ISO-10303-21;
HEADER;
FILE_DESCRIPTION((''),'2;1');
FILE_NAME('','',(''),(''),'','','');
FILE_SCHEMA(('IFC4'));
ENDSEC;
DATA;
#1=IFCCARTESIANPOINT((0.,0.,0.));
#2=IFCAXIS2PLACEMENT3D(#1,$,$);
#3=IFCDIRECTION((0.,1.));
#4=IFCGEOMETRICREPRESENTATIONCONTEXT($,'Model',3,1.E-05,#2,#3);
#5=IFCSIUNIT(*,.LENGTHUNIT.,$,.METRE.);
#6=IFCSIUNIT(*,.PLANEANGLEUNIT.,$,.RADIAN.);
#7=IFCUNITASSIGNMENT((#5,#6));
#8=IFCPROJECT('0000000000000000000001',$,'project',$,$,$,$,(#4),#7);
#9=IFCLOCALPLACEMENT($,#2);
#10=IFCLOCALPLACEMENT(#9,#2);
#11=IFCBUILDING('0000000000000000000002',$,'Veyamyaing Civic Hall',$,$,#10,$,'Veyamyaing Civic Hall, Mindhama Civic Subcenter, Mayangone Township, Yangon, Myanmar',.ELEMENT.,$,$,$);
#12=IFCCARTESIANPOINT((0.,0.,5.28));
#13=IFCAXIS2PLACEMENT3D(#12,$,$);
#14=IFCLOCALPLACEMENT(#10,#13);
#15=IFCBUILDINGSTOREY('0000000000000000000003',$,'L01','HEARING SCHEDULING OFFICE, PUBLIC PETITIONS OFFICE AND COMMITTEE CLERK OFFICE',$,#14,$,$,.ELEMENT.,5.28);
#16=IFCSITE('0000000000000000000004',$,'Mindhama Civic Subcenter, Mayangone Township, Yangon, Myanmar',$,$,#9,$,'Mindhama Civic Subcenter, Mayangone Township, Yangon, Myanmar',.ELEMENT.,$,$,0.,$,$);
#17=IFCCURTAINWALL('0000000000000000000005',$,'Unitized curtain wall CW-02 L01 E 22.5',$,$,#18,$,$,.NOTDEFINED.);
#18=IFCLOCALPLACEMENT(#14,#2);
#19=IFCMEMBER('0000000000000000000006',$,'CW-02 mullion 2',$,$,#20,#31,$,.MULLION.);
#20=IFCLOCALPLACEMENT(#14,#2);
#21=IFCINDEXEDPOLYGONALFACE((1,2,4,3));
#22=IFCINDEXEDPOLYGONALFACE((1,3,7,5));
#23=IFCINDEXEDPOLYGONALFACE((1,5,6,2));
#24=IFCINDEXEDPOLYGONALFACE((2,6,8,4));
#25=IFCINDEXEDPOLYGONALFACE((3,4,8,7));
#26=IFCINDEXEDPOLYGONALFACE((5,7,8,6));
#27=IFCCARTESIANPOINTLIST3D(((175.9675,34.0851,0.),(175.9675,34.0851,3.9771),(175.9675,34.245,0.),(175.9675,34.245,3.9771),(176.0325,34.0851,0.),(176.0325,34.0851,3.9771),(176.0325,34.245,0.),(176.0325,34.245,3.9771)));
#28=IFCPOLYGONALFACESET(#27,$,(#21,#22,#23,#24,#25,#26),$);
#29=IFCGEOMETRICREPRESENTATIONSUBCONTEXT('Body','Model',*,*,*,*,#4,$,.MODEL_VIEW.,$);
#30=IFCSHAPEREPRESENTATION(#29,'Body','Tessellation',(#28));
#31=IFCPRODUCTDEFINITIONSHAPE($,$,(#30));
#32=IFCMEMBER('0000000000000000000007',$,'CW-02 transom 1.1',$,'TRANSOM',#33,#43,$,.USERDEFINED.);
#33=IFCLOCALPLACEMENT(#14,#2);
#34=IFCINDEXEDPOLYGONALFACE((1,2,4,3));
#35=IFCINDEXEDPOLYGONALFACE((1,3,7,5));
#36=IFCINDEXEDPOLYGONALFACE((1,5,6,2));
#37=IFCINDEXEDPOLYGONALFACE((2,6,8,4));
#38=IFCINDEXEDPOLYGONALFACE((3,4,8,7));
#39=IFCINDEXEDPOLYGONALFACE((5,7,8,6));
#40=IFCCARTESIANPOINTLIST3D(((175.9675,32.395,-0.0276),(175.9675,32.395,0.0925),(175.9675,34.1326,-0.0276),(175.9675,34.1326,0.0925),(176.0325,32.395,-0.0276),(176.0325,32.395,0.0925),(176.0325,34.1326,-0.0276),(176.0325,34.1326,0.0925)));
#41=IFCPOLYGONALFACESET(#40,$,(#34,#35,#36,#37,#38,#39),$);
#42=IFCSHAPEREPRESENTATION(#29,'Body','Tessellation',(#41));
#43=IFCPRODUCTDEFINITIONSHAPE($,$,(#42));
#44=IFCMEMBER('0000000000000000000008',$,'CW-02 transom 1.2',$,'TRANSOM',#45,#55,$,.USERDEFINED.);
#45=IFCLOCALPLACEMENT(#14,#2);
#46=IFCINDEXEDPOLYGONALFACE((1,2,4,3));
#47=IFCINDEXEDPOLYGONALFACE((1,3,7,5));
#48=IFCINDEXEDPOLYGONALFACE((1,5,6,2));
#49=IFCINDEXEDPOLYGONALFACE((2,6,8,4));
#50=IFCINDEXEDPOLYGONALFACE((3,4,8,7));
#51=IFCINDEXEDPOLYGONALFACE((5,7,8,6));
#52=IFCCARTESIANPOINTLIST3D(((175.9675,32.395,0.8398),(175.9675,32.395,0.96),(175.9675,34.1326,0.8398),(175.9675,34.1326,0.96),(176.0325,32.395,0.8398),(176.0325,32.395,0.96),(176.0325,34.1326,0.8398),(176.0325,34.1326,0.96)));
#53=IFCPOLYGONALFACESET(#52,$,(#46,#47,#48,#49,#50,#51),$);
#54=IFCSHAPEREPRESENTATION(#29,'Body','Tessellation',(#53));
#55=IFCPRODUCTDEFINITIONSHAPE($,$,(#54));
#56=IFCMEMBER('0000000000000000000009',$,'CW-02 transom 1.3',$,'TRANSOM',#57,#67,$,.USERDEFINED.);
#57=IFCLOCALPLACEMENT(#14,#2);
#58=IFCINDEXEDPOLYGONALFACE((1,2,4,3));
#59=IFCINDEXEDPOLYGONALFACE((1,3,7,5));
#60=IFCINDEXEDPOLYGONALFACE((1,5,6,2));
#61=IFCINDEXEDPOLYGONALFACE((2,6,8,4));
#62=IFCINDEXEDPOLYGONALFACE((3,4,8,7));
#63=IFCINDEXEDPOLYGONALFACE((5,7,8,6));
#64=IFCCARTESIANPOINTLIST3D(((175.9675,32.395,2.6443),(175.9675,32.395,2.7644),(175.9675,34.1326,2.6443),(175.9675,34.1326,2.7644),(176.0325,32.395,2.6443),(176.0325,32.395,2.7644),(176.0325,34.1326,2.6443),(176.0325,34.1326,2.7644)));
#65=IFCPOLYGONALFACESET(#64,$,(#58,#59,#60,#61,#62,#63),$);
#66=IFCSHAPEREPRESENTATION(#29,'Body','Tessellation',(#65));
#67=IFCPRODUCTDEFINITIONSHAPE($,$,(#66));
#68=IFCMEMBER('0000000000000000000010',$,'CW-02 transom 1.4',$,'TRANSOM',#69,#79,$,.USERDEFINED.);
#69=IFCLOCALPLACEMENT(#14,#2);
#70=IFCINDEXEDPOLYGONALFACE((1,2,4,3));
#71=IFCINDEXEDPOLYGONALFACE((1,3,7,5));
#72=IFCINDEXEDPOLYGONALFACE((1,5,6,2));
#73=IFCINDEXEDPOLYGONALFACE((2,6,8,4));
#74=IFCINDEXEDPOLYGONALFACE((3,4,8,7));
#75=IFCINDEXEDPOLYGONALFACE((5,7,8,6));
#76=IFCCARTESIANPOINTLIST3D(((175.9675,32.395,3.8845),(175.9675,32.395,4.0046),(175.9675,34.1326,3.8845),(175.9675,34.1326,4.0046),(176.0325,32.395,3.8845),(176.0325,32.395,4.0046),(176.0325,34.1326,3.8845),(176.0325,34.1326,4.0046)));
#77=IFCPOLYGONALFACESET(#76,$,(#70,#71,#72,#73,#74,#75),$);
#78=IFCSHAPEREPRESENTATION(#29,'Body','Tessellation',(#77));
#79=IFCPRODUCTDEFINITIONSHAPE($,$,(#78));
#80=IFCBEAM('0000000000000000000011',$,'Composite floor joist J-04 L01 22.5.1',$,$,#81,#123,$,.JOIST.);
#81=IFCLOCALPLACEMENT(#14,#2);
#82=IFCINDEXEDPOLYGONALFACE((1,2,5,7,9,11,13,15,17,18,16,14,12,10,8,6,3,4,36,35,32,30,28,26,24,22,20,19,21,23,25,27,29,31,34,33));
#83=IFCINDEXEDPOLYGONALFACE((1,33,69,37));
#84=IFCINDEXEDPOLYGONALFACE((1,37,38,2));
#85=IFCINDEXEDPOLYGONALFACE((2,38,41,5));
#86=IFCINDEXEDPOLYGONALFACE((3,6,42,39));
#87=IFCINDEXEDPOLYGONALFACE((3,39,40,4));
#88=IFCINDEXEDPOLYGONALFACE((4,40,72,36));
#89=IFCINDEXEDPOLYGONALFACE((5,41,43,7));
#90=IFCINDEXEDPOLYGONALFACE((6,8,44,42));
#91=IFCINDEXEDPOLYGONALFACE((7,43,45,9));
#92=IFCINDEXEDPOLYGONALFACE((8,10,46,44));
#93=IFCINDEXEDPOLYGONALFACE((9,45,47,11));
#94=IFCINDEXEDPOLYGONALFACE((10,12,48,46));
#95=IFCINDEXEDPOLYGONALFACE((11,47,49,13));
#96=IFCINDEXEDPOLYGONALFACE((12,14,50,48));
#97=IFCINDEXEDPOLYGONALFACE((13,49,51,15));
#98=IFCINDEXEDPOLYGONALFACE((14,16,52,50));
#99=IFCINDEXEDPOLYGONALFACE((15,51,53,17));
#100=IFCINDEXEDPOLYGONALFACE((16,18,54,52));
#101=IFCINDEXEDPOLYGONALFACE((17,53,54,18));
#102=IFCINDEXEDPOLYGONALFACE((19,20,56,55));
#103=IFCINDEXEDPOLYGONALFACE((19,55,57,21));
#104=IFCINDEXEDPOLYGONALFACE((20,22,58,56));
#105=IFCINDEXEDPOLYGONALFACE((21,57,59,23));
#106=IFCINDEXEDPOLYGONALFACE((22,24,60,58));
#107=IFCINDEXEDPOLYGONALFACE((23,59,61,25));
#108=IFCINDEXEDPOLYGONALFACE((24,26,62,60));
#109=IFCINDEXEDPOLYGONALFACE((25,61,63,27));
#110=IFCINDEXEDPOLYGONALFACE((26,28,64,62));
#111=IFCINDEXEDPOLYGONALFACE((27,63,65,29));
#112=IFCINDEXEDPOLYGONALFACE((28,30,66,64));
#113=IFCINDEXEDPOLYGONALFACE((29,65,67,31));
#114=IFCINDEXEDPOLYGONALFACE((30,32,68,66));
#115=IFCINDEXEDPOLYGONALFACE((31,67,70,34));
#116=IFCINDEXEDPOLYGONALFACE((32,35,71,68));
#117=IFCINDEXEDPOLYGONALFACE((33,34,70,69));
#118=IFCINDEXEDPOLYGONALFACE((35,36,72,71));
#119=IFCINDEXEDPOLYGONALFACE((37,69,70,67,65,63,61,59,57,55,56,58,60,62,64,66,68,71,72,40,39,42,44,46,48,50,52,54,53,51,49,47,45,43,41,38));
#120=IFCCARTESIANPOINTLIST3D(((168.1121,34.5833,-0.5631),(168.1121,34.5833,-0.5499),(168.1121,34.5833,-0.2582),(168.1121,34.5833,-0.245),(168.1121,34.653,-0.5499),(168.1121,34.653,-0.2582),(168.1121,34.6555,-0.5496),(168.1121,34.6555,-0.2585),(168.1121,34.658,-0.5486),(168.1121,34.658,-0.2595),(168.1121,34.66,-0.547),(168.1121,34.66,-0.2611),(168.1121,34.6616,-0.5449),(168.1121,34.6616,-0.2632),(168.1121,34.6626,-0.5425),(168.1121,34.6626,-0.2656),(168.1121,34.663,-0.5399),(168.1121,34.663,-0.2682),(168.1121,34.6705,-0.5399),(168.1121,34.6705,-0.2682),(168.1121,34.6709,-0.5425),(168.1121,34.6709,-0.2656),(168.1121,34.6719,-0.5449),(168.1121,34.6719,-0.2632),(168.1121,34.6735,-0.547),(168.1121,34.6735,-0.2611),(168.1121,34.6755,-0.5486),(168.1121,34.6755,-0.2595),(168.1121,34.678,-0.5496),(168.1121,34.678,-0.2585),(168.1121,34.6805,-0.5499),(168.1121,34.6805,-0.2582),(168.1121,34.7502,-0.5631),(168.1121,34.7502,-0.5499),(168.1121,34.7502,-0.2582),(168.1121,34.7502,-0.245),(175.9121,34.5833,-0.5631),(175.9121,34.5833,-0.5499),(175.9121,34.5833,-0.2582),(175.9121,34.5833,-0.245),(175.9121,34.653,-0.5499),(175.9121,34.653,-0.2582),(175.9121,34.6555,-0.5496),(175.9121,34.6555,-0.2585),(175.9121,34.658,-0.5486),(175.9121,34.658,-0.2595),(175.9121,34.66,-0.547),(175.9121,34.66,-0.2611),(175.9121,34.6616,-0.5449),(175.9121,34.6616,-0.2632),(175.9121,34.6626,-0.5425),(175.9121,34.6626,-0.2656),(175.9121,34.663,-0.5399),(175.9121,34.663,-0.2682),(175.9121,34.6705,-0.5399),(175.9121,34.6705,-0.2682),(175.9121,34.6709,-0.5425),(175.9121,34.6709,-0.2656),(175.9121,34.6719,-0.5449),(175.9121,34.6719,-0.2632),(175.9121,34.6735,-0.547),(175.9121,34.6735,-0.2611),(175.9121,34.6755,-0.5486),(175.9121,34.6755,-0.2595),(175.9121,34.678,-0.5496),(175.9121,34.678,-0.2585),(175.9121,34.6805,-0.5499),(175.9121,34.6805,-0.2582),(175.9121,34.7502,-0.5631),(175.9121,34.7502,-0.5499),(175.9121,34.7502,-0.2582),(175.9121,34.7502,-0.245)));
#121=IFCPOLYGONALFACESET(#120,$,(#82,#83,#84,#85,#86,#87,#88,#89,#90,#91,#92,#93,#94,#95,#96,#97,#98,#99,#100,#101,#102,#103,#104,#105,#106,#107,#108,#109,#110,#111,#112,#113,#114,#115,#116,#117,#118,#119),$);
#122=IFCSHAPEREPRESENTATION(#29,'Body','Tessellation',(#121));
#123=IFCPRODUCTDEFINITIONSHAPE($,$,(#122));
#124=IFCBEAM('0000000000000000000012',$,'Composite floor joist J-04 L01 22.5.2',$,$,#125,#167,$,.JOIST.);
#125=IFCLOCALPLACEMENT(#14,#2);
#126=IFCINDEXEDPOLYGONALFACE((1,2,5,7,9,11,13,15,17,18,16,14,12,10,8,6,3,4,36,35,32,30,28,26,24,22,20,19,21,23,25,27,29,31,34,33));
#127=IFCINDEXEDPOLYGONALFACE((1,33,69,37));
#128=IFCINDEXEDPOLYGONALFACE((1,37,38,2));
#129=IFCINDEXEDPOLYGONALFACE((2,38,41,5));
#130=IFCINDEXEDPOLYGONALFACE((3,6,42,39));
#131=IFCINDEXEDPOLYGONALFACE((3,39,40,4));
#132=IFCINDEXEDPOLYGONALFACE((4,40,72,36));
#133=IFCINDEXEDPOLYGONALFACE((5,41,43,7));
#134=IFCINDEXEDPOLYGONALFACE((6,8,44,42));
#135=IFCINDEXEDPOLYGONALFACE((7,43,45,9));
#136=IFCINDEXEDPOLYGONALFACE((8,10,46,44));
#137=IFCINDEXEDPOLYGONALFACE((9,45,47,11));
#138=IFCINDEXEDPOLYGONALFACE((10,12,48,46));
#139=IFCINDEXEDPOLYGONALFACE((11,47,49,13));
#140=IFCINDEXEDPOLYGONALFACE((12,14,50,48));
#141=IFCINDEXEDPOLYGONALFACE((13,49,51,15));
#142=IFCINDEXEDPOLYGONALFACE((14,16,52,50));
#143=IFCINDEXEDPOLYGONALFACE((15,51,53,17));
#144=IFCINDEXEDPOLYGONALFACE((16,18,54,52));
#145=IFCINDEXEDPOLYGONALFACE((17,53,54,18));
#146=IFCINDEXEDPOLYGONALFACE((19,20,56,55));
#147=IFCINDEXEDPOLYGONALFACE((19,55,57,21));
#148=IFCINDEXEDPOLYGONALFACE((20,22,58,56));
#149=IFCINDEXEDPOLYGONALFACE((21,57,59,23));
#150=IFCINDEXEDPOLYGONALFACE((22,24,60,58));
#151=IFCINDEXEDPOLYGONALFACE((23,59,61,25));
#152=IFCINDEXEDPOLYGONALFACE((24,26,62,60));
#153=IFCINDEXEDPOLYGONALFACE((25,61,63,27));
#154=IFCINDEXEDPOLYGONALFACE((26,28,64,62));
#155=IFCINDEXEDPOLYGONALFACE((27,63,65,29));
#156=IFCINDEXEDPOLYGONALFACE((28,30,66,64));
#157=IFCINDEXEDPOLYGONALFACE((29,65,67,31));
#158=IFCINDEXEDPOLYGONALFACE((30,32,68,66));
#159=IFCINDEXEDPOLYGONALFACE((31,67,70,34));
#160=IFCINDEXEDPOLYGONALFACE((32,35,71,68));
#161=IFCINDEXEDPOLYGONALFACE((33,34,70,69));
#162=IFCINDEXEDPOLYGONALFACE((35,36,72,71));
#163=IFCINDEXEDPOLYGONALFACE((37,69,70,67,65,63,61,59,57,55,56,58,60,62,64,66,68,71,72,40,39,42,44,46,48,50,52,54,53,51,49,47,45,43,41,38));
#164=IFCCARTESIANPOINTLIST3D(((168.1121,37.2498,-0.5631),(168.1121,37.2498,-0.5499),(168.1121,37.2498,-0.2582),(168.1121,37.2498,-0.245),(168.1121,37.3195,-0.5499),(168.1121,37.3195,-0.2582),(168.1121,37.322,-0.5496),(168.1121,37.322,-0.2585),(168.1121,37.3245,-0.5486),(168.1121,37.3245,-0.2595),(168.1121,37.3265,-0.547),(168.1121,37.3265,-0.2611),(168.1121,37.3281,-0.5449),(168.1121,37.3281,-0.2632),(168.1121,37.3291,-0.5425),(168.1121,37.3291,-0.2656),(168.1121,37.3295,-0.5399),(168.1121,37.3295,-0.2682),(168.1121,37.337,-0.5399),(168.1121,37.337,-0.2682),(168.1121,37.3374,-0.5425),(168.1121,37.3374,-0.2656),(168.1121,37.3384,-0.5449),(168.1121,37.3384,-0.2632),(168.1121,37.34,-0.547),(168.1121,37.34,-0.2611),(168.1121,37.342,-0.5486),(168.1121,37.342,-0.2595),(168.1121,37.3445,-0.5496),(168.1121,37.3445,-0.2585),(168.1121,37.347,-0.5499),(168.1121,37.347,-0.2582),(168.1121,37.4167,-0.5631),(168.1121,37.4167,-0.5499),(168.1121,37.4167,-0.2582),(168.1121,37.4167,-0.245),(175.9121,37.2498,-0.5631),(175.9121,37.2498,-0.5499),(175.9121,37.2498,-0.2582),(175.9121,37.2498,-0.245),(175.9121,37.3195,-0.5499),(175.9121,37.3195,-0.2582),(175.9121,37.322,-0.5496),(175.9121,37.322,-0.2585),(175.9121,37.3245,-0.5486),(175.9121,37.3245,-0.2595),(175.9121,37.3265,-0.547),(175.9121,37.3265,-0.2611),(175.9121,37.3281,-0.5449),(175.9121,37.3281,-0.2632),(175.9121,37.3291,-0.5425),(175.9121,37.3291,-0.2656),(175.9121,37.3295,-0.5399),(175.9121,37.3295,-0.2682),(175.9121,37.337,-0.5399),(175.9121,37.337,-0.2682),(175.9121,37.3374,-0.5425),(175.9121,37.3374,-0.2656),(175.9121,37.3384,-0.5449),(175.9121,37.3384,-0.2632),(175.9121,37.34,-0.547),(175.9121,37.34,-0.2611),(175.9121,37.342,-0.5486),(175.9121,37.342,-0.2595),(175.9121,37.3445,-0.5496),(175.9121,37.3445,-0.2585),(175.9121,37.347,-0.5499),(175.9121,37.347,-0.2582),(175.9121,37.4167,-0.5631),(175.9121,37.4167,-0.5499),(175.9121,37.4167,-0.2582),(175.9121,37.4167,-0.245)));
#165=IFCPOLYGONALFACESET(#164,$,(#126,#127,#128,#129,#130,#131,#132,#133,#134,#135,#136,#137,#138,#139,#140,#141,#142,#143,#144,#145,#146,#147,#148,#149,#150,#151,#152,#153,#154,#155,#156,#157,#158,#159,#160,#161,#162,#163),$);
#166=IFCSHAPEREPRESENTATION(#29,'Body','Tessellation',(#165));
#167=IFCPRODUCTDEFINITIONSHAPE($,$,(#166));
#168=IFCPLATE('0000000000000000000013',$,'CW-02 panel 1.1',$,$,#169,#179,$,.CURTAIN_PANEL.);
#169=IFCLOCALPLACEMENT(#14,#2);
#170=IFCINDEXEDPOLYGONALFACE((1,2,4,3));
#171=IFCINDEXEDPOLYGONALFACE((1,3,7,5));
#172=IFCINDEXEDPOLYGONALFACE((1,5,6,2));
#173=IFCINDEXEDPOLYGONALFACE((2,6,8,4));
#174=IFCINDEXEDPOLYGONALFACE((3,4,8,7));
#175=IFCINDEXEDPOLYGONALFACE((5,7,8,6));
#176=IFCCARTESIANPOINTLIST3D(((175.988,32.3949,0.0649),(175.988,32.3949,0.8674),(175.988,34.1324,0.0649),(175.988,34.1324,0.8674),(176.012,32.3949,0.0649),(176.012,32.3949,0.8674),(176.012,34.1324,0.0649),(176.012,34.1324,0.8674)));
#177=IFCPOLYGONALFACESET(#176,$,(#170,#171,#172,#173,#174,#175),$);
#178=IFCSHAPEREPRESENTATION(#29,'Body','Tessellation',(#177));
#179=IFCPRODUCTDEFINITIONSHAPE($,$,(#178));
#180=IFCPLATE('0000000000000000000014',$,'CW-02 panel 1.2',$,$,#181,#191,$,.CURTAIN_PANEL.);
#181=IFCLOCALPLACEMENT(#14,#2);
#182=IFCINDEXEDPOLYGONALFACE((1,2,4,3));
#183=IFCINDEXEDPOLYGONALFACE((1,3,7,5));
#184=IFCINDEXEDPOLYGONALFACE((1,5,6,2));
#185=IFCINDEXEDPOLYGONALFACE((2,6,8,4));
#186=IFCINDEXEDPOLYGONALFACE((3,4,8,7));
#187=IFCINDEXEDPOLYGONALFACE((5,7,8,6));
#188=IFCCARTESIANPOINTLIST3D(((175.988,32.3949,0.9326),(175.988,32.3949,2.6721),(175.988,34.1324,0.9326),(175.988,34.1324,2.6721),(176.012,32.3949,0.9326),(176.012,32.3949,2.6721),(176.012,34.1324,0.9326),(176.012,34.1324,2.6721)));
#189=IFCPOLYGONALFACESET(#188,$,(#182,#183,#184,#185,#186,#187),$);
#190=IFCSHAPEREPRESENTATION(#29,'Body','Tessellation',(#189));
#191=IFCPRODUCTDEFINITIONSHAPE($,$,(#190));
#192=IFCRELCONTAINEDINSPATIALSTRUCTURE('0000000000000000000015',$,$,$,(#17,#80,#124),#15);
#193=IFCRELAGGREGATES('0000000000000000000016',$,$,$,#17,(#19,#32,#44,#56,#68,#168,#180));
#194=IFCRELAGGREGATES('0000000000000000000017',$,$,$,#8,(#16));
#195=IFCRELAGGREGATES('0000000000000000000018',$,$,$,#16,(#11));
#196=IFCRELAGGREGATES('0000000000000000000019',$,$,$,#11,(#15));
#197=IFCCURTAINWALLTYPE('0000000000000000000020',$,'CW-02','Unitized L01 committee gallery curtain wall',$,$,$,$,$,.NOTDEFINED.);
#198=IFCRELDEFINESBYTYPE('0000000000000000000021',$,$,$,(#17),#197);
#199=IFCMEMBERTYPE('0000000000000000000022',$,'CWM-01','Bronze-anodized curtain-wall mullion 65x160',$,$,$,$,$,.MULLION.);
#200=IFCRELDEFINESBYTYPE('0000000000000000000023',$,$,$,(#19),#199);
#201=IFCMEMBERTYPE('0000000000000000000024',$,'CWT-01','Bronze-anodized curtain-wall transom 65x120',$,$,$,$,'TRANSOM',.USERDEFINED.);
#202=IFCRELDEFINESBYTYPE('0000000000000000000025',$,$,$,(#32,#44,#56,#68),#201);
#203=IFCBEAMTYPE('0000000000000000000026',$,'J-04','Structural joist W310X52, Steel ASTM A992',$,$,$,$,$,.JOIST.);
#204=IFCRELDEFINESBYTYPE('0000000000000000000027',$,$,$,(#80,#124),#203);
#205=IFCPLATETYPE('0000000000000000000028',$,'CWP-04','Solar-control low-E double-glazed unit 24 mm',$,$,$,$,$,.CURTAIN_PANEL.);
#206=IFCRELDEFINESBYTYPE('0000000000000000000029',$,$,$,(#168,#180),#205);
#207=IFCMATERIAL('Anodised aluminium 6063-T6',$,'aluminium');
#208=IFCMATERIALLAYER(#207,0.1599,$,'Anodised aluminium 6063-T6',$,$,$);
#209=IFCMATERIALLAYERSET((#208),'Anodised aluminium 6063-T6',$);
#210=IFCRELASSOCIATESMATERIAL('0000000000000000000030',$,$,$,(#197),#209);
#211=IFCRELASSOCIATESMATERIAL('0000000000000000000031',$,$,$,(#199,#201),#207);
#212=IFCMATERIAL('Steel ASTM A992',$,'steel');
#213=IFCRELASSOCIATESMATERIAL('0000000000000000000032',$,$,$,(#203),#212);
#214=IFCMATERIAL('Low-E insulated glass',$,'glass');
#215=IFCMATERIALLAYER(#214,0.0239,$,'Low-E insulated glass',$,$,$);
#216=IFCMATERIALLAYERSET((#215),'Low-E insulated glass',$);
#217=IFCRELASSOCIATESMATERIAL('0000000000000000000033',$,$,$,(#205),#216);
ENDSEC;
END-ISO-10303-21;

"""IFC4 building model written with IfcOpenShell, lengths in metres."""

from ifc_helpers import new_model, si_unit, direction, frame, origin, origin_2d, place, context, subcontext, project, spatial, rectangle, i_section, extrude, material, layer, layer_set, material_profile, profile_set, type_object, element, aggregate, save


model = new_model("IFC4")

# Units and contexts
model_context = context("Model", 3, precision=1e-05, world=origin(), true_north=direction((0.0, 1.0)))
body_context = subcontext(model_context, "Body", "Model", "MODEL_VIEW")
ifc_project = project(units=[si_unit("LENGTHUNIT", "METRE"), si_unit("PLANEANGLEUNIT", "RADIAN")], contexts=[model_context])

# Site, building, storey
site_placement = place(None, origin())
site = spatial("IfcSite", under=ifc_project, at=site_placement, Name="Mindhama Civic Subcenter, Mayangone Township, Yangon, Myanmar", LongName="Mindhama Civic Subcenter, Mayangone Township, Yangon, Myanmar", CompositionType="ELEMENT", RefElevation=0.0)
building_placement = place(site_placement, origin())
building = spatial("IfcBuilding", under=site, at=building_placement, Name="Veyamyaing Civic Hall", LongName="Veyamyaing Civic Hall, Mindhama Civic Subcenter, Mayangone Township, Yangon, Myanmar", CompositionType="ELEMENT")
storey_placement = place(building_placement, frame((0.0, 0.0, 5.28)))
storey = spatial("IfcBuildingStorey", under=building, at=storey_placement, Name="L01", Description="HEARING SCHEDULING OFFICE, PUBLIC PETITIONS OFFICE AND COMMITTEE CLERK OFFICE", CompositionType="ELEMENT", Elevation=5.28)

# Shared definitions
ifc_material_1 = material(Name="Steel ASTM A992", Category="steel")

# Curtain wall, members
ifc_material_2 = material(Name="Anodised aluminium 6063-T6", Category="aluminium")
ifc_layer_1 = layer(ifc_material_2, 0.1599, Name="Anodised aluminium 6063-T6")
ifc_layer_set_1 = layer_set([ifc_layer_1], Name="Anodised aluminium 6063-T6")
curtain_wall_type = type_object("IfcCurtainWallType", Name="CW-02", Description="Unitized L01 committee gallery curtain wall", PredefinedType="NOTDEFINED", material=ifc_layer_set_1)
curtain_wall_placement = place(storey_placement, origin())
curtain_wall = element("IfcCurtainWall", 1, at=curtain_wall_placement, inside=storey, type_object=curtain_wall_type, Name="Unitized curtain wall CW-02 L01 E 22.5", PredefinedType="NOTDEFINED")
ifc_material_profile_1 = material_profile(ifc_material_2, rectangle(XDim=0.0649, YDim=0.1599, at=origin_2d()), Name="ALU-MUL-65X160")
ifc_profile_set_1 = profile_set([ifc_material_profile_1], Name="Anodised aluminium 6063-T6")
member_type_1 = type_object("IfcMemberType", Name="CWM-01", Description="Bronze-anodized curtain-wall mullion 65x160", PredefinedType="MULLION", material=ifc_profile_set_1)
member_1_placement = place(storey_placement, frame((176.0, 34.165, 0.0), z_axis=(0.0, 0.0, 1.0), x_axis=(-1.0, 0.0, 0.0)))
member_1 = element("IfcMember", 2, at=member_1_placement, type_object=member_type_1, Name="CW-02 mullion 2", PredefinedType="MULLION", context=body_context, shape_type="SweptSolid", body=[
    extrude(rectangle(XDim=0.0649, YDim=0.1599, at=origin_2d()), origin(), (0.0, 0.0, 1.0), 3.9771),
])
ifc_material_profile_2 = material_profile(ifc_material_2, rectangle(XDim=0.0649, YDim=0.1201, at=origin_2d()), Name="ALU-TRN-65X120")
ifc_profile_set_2 = profile_set([ifc_material_profile_2], Name="Anodised aluminium 6063-T6")
member_type_2 = type_object("IfcMemberType", Name="CWT-01", Description="Bronze-anodized curtain-wall transom 65x120", ElementType="TRANSOM", PredefinedType="USERDEFINED", material=ifc_profile_set_2)
member_2_placement = place(storey_placement, frame((176.0, 32.395, 0.0325), z_axis=(0.0, 1.0, 0.0), x_axis=(-1.0, 0.0, 0.0)))
member_2 = element("IfcMember", 3, at=member_2_placement, type_object=member_type_2, Name="CW-02 transom 1.1", ObjectType="TRANSOM", PredefinedType="USERDEFINED", context=body_context, shape_type="SweptSolid", body=[
    extrude(rectangle(XDim=0.0649, YDim=0.1201, at=origin_2d()), origin(), (0.0, 0.0, 1.0), 1.7375),
])
member_3_placement = place(storey_placement, frame((176.0, 32.395, 0.8999), z_axis=(0.0, 1.0, 0.0), x_axis=(-1.0, 0.0, 0.0)))
member_3 = element("IfcMember", 4, at=member_3_placement, type_object=member_type_2, Name="CW-02 transom 1.2", ObjectType="TRANSOM", PredefinedType="USERDEFINED", context=body_context, shape_type="SweptSolid", body=[
    extrude(rectangle(XDim=0.0649, YDim=0.1201, at=origin_2d()), origin(), (0.0, 0.0, 1.0), 1.7375),
])
member_4_placement = place(storey_placement, frame((176.0, 32.395, 2.7043), z_axis=(0.0, 1.0, 0.0), x_axis=(-1.0, 0.0, 0.0)))
member_4 = element("IfcMember", 5, at=member_4_placement, type_object=member_type_2, Name="CW-02 transom 1.3", ObjectType="TRANSOM", PredefinedType="USERDEFINED", context=body_context, shape_type="SweptSolid", body=[
    extrude(rectangle(XDim=0.0649, YDim=0.1201, at=origin_2d()), origin(), (0.0, 0.0, 1.0), 1.7375),
])
member_5_placement = place(storey_placement, frame((176.0, 32.395, 3.9446), z_axis=(0.0, 1.0, 0.0), x_axis=(-1.0, 0.0, 0.0)))
member_5 = element("IfcMember", 6, at=member_5_placement, type_object=member_type_2, Name="CW-02 transom 1.4", ObjectType="TRANSOM", PredefinedType="USERDEFINED", context=body_context, shape_type="SweptSolid", body=[
    extrude(rectangle(XDim=0.0649, YDim=0.1201, at=origin_2d()), origin(), (0.0, 0.0, 1.0), 1.7375),
])

# Beams
ifc_material_profile_3 = material_profile(ifc_material_1, i_section(OverallWidth=0.167, OverallDepth=0.3181, WebThickness=0.0076, FlangeThickness=0.0132, FilletRadius=0.01, at=origin_2d()), Name="W310X52")
ifc_profile_set_3 = profile_set([ifc_material_profile_3], Name="Steel ASTM A992")
beam_type_1 = type_object("IfcBeamType", Name="J-04", Description="Structural joist W310X52, Steel ASTM A992", PredefinedType="JOIST", material=ifc_profile_set_3)
for number, where, z_axis, x_axis, name in (
    (7, (168.1121, 34.6667, -0.4041), (1.0, 0.0, 0.0), (0.0, 1.0, 0.0), "Composite floor joist J-04 L01 22.5.1"),
    (8, (168.1121, 37.3333, -0.4041), (1.0, 0.0, 0.0), (0.0, 1.0, 0.0), "Composite floor joist J-04 L01 22.5.2"),
):
    element("IfcBeam", number, at=place(storey_placement, frame(where, z_axis=z_axis, x_axis=x_axis)), inside=storey, type_object=beam_type_1, Name=name, PredefinedType="JOIST", context=body_context, shape_type="SweptSolid", body=[
        extrude(i_section(OverallWidth=0.167, OverallDepth=0.3181, WebThickness=0.0076, FlangeThickness=0.0132, FilletRadius=0.01, at=origin_2d()), origin(), (0.0, 0.0, 1.0), 7.8),
    ])

# Plates
ifc_material_3 = material(Name="Low-E insulated glass", Category="glass")
ifc_layer_2 = layer(ifc_material_3, 0.0239, Name="Low-E insulated glass")
ifc_layer_set_2 = layer_set([ifc_layer_2], Name="Low-E insulated glass")
plate_type = type_object("IfcPlateType", Name="CWP-04", Description="Solar-control low-E double-glazed unit 24 mm", PredefinedType="CURTAIN_PANEL", material=ifc_layer_set_2)
plate_1_placement = place(storey_placement, frame((176.0, 33.2637, 0.0649), z_axis=(0.0, 0.0, 1.0), x_axis=(0.0, 1.0, 0.0)))
plate_1 = element("IfcPlate", 9, at=plate_1_placement, type_object=plate_type, Name="CW-02 panel 1.1", PredefinedType="CURTAIN_PANEL", context=body_context, shape_type="SweptSolid", body=[
    extrude(rectangle(XDim=1.7375, YDim=0.0239, at=origin_2d()), origin(), (0.0, 0.0, 1.0), 0.8025),
])
plate_2_placement = place(storey_placement, frame((176.0, 33.2637, 0.9326), z_axis=(0.0, 0.0, 1.0), x_axis=(0.0, 1.0, 0.0)))
plate_2 = element("IfcPlate", 10, at=plate_2_placement, type_object=plate_type, Name="CW-02 panel 1.2", PredefinedType="CURTAIN_PANEL", context=body_context, shape_type="SweptSolid", body=[
    extrude(rectangle(XDim=1.7375, YDim=0.0239, at=origin_2d()), origin(), (0.0, 0.0, 1.0), 1.7395),
])
aggregate(curtain_wall, [member_1, member_2, member_3, member_4, member_5, plate_1, plate_2])

save(model, "model.ifc")
